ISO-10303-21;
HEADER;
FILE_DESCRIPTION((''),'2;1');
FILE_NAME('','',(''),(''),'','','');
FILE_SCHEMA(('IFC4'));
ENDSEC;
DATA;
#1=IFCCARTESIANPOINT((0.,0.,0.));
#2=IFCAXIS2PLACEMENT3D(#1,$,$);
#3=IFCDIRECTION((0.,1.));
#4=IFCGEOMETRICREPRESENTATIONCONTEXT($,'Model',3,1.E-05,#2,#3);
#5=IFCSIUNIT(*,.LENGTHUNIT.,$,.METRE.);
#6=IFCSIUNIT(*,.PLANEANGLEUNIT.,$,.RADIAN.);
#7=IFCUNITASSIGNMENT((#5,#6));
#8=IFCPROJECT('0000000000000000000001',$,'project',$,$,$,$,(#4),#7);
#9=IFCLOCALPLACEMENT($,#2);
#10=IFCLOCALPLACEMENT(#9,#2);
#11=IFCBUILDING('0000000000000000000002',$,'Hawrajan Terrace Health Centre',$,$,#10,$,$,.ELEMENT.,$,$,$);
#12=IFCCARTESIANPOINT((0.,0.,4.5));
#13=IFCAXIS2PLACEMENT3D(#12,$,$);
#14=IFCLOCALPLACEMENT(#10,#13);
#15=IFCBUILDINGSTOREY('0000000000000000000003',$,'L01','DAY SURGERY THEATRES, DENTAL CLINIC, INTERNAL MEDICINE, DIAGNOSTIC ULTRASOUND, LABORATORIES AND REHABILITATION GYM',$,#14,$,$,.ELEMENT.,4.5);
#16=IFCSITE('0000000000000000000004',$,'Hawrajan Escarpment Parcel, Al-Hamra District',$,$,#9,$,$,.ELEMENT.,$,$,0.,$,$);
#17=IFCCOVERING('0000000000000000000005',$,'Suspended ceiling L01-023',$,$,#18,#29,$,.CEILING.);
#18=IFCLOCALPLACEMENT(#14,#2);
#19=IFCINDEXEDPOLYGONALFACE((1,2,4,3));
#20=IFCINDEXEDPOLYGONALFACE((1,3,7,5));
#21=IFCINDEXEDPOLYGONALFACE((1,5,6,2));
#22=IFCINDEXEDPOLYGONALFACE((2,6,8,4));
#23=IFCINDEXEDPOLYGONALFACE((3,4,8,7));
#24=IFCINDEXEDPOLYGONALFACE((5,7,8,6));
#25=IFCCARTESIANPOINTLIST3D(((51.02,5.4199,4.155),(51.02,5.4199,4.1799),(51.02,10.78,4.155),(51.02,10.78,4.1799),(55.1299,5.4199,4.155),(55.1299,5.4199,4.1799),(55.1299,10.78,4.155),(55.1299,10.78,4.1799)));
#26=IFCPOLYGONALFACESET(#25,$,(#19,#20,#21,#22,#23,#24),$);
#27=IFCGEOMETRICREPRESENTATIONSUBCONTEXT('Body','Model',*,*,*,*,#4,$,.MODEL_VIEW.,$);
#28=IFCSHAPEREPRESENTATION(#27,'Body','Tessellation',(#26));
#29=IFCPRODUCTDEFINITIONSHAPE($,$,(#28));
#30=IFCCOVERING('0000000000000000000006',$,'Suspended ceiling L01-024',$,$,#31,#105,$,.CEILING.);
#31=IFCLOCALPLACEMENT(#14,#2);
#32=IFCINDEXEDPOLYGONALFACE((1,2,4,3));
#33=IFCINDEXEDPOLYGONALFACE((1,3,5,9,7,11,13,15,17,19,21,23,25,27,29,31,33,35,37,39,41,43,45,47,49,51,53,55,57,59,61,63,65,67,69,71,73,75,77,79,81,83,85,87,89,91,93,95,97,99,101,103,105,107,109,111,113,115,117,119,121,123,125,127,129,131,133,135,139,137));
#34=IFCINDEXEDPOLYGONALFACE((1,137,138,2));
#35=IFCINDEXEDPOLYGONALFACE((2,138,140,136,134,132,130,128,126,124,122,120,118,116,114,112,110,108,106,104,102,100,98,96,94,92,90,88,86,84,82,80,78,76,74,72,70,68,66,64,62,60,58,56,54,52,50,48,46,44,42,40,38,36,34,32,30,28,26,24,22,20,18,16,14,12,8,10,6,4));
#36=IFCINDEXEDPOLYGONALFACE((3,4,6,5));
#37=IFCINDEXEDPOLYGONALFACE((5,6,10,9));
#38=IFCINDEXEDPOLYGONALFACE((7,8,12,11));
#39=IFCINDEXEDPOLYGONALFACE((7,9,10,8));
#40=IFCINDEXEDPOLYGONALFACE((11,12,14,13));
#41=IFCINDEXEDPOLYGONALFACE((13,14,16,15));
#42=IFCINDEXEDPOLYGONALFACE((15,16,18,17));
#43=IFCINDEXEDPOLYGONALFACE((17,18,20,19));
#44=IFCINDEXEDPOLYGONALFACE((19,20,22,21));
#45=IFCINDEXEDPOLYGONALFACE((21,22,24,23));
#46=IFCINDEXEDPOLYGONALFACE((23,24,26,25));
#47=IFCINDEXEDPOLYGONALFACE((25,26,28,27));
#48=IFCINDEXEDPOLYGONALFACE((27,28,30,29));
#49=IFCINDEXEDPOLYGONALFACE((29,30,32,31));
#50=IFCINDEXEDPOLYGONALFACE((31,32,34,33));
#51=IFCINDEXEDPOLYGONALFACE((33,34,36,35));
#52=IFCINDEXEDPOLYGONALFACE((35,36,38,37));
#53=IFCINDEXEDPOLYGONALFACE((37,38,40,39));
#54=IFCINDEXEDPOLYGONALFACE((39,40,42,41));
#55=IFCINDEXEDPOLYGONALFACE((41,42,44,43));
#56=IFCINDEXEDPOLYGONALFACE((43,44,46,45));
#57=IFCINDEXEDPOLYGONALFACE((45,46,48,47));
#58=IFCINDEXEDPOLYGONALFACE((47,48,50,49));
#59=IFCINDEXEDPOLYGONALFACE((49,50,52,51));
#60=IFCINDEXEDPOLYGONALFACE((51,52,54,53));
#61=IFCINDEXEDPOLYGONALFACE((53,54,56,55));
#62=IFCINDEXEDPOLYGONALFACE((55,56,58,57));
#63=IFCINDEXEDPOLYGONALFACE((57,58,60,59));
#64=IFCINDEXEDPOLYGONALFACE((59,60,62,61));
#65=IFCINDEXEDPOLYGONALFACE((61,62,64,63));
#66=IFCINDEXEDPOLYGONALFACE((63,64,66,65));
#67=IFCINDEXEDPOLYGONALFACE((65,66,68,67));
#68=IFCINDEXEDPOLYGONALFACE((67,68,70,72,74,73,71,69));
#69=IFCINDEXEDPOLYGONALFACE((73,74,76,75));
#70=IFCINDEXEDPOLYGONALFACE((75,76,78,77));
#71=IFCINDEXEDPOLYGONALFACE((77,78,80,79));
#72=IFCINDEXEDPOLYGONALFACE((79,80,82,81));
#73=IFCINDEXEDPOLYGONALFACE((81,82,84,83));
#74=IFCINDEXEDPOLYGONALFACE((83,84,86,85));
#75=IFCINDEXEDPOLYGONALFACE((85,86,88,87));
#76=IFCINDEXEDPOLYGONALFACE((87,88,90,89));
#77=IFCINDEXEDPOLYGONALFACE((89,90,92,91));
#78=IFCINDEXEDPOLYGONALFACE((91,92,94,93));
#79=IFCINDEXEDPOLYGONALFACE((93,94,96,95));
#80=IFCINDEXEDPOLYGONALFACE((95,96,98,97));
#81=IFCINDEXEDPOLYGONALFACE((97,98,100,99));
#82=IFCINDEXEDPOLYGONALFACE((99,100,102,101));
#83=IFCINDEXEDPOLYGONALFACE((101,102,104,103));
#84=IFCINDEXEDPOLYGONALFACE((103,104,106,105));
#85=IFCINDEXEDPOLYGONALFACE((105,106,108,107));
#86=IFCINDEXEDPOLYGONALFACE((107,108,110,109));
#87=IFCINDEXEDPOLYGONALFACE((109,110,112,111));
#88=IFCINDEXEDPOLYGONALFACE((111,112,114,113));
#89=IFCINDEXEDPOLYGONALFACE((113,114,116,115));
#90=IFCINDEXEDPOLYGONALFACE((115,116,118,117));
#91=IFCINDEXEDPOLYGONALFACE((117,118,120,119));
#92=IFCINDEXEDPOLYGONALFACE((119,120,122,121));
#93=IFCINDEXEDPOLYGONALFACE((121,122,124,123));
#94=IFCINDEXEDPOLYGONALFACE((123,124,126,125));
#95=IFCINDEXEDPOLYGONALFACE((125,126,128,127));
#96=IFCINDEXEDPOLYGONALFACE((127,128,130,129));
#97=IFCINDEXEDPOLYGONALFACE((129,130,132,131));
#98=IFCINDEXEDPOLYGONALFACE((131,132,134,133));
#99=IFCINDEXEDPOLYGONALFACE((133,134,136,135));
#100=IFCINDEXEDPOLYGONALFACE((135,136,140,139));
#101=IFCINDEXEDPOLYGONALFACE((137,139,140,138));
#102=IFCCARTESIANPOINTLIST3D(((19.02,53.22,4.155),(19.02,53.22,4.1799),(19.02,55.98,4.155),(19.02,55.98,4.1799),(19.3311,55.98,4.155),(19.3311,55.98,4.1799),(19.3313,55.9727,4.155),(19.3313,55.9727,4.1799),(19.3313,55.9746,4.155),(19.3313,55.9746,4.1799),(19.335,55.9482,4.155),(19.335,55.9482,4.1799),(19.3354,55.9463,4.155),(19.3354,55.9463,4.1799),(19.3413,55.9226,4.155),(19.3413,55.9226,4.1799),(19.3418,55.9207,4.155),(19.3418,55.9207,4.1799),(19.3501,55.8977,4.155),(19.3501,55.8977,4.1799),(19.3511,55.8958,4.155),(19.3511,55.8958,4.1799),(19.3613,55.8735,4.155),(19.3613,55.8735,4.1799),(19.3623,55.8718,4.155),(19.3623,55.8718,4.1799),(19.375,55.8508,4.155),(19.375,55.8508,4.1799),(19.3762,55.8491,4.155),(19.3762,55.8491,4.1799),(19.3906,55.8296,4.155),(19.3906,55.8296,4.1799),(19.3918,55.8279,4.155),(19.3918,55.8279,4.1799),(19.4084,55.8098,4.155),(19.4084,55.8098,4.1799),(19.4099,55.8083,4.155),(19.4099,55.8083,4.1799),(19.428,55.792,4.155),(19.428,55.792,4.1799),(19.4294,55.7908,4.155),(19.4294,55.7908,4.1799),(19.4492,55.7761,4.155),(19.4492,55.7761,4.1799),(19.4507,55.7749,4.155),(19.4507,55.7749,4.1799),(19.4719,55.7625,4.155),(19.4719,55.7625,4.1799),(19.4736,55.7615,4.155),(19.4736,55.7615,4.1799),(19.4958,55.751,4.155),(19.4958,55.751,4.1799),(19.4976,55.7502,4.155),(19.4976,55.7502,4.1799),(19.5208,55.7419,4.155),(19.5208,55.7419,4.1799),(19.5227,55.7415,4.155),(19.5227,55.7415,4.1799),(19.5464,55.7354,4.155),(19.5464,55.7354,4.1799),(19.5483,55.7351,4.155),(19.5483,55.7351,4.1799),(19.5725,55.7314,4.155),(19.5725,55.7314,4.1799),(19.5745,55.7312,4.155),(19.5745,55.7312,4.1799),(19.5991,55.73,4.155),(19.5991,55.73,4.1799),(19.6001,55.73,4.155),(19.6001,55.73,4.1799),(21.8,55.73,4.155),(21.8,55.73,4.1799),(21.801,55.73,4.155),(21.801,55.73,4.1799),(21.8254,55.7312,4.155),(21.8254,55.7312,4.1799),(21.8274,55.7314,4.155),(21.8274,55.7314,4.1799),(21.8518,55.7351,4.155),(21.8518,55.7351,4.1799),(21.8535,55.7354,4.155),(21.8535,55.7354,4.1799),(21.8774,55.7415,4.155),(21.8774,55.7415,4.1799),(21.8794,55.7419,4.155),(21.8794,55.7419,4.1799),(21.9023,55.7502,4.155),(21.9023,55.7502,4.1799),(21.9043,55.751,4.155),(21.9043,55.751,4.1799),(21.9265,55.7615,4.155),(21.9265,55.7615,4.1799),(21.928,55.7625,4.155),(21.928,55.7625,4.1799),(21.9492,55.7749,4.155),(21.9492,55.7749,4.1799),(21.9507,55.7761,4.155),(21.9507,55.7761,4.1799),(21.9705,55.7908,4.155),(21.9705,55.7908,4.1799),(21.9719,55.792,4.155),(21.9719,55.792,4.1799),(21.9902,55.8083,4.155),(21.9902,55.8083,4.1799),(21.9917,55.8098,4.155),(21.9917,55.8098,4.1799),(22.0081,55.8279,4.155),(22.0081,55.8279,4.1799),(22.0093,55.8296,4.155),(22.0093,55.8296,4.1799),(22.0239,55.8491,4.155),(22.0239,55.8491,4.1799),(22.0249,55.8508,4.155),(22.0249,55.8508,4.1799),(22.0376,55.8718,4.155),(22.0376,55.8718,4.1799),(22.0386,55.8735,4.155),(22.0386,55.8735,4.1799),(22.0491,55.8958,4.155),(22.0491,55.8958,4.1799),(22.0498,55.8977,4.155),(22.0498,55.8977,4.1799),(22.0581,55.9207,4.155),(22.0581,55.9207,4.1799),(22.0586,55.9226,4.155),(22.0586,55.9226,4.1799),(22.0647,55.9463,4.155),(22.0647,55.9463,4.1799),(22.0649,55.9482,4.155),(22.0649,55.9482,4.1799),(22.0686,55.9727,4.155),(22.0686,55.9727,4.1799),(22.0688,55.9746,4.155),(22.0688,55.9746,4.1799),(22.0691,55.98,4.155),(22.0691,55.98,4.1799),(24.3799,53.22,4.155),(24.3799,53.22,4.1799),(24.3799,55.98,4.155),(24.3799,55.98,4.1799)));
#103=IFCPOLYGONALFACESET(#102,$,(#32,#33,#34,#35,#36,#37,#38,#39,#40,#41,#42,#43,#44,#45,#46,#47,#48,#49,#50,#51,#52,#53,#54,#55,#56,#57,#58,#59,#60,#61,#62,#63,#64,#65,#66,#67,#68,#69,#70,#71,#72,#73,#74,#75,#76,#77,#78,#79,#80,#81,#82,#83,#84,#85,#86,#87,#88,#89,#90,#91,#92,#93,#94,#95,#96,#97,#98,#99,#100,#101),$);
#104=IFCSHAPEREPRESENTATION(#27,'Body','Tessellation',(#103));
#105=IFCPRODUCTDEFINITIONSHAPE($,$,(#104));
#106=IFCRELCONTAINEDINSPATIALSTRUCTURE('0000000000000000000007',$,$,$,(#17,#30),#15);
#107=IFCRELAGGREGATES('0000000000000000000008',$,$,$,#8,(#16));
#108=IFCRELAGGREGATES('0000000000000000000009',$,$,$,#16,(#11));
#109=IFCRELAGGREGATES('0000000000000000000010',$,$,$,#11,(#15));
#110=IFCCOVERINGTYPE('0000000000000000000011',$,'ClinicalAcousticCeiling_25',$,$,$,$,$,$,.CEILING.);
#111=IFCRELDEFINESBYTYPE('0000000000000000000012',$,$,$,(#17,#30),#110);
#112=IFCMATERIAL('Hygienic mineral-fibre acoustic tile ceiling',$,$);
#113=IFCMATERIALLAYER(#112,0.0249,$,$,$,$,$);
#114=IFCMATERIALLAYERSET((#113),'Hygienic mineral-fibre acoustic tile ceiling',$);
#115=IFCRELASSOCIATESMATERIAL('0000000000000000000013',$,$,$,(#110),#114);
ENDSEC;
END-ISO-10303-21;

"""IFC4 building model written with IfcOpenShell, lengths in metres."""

from ifc_helpers import new_model, si_unit, direction, frame, origin, place, context, subcontext, project, spatial, polyline, outline, extrude, material, layer, layer_set, type_object, element, save


model = new_model("IFC4")

# Units and contexts
model_context = context("Model", 3, precision=1e-05, world=origin(), true_north=direction((0.0, 1.0)))
body_context = subcontext(model_context, "Body", "Model", "MODEL_VIEW")
ifc_project = project(units=[si_unit("LENGTHUNIT", "METRE"), si_unit("PLANEANGLEUNIT", "RADIAN")], contexts=[model_context])

# Site, building, storey
site_placement = place(None, origin())
site = spatial("IfcSite", under=ifc_project, at=site_placement, Name="Hawrajan Escarpment Parcel, Al-Hamra District", CompositionType="ELEMENT", RefElevation=0.0)
building_placement = place(site_placement, origin())
building = spatial("IfcBuilding", under=site, at=building_placement, Name="Hawrajan Terrace Health Centre", CompositionType="ELEMENT")
storey_placement = place(building_placement, frame((0.0, 0.0, 4.5)))
storey = spatial("IfcBuildingStorey", under=building, at=storey_placement, Name="L01", Description="DAY SURGERY THEATRES, DENTAL CLINIC, INTERNAL MEDICINE, DIAGNOSTIC ULTRASOUND, LABORATORIES AND REHABILITATION GYM", CompositionType="ELEMENT", Elevation=4.5)

# Coverings
ifc_material_1 = material(Name="Hygienic mineral-fibre acoustic tile ceiling")
ifc_layer_1 = layer(ifc_material_1, 0.0249)
ifc_layer_set_1 = layer_set([ifc_layer_1], Name="Hygienic mineral-fibre acoustic tile ceiling")
covering_type_1 = type_object("IfcCoveringType", Name="ClinicalAcousticCeiling_25", PredefinedType="CEILING", material=ifc_layer_set_1)
covering_1_placement = place(storey_placement, frame((0.0, 0.0, 4.155)))
element("IfcCovering", 1, at=covering_1_placement, inside=storey, type_object=covering_type_1, Name="Suspended ceiling L01-023", PredefinedType="CEILING", context=body_context, shape_type="SweptSolid", body=[
    extrude(outline(polyline([(51.02, 5.4199), (51.02, 10.78), (55.1299, 10.78), (55.1299, 5.4199), (51.02, 5.4199)])), origin(), (0.0, 0.0, 1.0), 0.0249),
])
covering_2_placement = place(storey_placement, frame((0.0, 0.0, 4.155)))
element("IfcCovering", 2, at=covering_2_placement, inside=storey, type_object=covering_type_1, Name="Suspended ceiling L01-024", PredefinedType="CEILING", context=body_context, shape_type="SweptSolid", body=[
    extrude(outline(polyline([(24.3799, 55.98), (24.3799, 53.22), (19.02, 53.22), (19.02, 55.98), (19.3311, 55.98), (19.3313, 55.9746), (19.3313, 55.9727), (19.335, 55.9482), (19.3354, 55.9463), (19.3413, 55.9226), (19.3418, 55.9207), (19.3501, 55.8977), (19.3511, 55.8958), (19.3613, 55.8735), (19.3623, 55.8718), (19.375, 55.8508), (19.3762, 55.8491), (19.3906, 55.8296), (19.3918, 55.8279), (19.4084, 55.8098), (19.4099, 55.8083), (19.428, 55.792), (19.4294, 55.7908), (19.4492, 55.7761), (19.4507, 55.7749), (19.4719, 55.7625), (19.4736, 55.7615), (19.4958, 55.751), (19.4976, 55.7502), (19.5208, 55.7419), (19.5227, 55.7415), (19.5464, 55.7354), (19.5483, 55.7351), (19.5725, 55.7314), (19.5745, 55.7312), (19.5991, 55.73), (19.6001, 55.73), (21.8, 55.73), (21.801, 55.73), (21.8254, 55.7312), (21.8274, 55.7314), (21.8518, 55.7351), (21.8535, 55.7354), (21.8774, 55.7415), (21.8794, 55.7419), (21.9023, 55.7502), (21.9043, 55.751), (21.9265, 55.7615), (21.928, 55.7625), (21.9492, 55.7749), (21.9507, 55.7761), (21.9705, 55.7908), (21.9719, 55.792), (21.9902, 55.8083), (21.9917, 55.8098), (22.0081, 55.8279), (22.0093, 55.8296), (22.0239, 55.8491), (22.0249, 55.8508), (22.0376, 55.8718), (22.0386, 55.8735), (22.0491, 55.8958), (22.0498, 55.8977), (22.0581, 55.9207), (22.0586, 55.9226), (22.0647, 55.9463), (22.0649, 55.9482), (22.0686, 55.9727), (22.0688, 55.9746), (22.0691, 55.98), (24.3799, 55.98)])), origin(), (0.0, 0.0, 1.0), 0.0249),
])

save(model, "model.ifc")
